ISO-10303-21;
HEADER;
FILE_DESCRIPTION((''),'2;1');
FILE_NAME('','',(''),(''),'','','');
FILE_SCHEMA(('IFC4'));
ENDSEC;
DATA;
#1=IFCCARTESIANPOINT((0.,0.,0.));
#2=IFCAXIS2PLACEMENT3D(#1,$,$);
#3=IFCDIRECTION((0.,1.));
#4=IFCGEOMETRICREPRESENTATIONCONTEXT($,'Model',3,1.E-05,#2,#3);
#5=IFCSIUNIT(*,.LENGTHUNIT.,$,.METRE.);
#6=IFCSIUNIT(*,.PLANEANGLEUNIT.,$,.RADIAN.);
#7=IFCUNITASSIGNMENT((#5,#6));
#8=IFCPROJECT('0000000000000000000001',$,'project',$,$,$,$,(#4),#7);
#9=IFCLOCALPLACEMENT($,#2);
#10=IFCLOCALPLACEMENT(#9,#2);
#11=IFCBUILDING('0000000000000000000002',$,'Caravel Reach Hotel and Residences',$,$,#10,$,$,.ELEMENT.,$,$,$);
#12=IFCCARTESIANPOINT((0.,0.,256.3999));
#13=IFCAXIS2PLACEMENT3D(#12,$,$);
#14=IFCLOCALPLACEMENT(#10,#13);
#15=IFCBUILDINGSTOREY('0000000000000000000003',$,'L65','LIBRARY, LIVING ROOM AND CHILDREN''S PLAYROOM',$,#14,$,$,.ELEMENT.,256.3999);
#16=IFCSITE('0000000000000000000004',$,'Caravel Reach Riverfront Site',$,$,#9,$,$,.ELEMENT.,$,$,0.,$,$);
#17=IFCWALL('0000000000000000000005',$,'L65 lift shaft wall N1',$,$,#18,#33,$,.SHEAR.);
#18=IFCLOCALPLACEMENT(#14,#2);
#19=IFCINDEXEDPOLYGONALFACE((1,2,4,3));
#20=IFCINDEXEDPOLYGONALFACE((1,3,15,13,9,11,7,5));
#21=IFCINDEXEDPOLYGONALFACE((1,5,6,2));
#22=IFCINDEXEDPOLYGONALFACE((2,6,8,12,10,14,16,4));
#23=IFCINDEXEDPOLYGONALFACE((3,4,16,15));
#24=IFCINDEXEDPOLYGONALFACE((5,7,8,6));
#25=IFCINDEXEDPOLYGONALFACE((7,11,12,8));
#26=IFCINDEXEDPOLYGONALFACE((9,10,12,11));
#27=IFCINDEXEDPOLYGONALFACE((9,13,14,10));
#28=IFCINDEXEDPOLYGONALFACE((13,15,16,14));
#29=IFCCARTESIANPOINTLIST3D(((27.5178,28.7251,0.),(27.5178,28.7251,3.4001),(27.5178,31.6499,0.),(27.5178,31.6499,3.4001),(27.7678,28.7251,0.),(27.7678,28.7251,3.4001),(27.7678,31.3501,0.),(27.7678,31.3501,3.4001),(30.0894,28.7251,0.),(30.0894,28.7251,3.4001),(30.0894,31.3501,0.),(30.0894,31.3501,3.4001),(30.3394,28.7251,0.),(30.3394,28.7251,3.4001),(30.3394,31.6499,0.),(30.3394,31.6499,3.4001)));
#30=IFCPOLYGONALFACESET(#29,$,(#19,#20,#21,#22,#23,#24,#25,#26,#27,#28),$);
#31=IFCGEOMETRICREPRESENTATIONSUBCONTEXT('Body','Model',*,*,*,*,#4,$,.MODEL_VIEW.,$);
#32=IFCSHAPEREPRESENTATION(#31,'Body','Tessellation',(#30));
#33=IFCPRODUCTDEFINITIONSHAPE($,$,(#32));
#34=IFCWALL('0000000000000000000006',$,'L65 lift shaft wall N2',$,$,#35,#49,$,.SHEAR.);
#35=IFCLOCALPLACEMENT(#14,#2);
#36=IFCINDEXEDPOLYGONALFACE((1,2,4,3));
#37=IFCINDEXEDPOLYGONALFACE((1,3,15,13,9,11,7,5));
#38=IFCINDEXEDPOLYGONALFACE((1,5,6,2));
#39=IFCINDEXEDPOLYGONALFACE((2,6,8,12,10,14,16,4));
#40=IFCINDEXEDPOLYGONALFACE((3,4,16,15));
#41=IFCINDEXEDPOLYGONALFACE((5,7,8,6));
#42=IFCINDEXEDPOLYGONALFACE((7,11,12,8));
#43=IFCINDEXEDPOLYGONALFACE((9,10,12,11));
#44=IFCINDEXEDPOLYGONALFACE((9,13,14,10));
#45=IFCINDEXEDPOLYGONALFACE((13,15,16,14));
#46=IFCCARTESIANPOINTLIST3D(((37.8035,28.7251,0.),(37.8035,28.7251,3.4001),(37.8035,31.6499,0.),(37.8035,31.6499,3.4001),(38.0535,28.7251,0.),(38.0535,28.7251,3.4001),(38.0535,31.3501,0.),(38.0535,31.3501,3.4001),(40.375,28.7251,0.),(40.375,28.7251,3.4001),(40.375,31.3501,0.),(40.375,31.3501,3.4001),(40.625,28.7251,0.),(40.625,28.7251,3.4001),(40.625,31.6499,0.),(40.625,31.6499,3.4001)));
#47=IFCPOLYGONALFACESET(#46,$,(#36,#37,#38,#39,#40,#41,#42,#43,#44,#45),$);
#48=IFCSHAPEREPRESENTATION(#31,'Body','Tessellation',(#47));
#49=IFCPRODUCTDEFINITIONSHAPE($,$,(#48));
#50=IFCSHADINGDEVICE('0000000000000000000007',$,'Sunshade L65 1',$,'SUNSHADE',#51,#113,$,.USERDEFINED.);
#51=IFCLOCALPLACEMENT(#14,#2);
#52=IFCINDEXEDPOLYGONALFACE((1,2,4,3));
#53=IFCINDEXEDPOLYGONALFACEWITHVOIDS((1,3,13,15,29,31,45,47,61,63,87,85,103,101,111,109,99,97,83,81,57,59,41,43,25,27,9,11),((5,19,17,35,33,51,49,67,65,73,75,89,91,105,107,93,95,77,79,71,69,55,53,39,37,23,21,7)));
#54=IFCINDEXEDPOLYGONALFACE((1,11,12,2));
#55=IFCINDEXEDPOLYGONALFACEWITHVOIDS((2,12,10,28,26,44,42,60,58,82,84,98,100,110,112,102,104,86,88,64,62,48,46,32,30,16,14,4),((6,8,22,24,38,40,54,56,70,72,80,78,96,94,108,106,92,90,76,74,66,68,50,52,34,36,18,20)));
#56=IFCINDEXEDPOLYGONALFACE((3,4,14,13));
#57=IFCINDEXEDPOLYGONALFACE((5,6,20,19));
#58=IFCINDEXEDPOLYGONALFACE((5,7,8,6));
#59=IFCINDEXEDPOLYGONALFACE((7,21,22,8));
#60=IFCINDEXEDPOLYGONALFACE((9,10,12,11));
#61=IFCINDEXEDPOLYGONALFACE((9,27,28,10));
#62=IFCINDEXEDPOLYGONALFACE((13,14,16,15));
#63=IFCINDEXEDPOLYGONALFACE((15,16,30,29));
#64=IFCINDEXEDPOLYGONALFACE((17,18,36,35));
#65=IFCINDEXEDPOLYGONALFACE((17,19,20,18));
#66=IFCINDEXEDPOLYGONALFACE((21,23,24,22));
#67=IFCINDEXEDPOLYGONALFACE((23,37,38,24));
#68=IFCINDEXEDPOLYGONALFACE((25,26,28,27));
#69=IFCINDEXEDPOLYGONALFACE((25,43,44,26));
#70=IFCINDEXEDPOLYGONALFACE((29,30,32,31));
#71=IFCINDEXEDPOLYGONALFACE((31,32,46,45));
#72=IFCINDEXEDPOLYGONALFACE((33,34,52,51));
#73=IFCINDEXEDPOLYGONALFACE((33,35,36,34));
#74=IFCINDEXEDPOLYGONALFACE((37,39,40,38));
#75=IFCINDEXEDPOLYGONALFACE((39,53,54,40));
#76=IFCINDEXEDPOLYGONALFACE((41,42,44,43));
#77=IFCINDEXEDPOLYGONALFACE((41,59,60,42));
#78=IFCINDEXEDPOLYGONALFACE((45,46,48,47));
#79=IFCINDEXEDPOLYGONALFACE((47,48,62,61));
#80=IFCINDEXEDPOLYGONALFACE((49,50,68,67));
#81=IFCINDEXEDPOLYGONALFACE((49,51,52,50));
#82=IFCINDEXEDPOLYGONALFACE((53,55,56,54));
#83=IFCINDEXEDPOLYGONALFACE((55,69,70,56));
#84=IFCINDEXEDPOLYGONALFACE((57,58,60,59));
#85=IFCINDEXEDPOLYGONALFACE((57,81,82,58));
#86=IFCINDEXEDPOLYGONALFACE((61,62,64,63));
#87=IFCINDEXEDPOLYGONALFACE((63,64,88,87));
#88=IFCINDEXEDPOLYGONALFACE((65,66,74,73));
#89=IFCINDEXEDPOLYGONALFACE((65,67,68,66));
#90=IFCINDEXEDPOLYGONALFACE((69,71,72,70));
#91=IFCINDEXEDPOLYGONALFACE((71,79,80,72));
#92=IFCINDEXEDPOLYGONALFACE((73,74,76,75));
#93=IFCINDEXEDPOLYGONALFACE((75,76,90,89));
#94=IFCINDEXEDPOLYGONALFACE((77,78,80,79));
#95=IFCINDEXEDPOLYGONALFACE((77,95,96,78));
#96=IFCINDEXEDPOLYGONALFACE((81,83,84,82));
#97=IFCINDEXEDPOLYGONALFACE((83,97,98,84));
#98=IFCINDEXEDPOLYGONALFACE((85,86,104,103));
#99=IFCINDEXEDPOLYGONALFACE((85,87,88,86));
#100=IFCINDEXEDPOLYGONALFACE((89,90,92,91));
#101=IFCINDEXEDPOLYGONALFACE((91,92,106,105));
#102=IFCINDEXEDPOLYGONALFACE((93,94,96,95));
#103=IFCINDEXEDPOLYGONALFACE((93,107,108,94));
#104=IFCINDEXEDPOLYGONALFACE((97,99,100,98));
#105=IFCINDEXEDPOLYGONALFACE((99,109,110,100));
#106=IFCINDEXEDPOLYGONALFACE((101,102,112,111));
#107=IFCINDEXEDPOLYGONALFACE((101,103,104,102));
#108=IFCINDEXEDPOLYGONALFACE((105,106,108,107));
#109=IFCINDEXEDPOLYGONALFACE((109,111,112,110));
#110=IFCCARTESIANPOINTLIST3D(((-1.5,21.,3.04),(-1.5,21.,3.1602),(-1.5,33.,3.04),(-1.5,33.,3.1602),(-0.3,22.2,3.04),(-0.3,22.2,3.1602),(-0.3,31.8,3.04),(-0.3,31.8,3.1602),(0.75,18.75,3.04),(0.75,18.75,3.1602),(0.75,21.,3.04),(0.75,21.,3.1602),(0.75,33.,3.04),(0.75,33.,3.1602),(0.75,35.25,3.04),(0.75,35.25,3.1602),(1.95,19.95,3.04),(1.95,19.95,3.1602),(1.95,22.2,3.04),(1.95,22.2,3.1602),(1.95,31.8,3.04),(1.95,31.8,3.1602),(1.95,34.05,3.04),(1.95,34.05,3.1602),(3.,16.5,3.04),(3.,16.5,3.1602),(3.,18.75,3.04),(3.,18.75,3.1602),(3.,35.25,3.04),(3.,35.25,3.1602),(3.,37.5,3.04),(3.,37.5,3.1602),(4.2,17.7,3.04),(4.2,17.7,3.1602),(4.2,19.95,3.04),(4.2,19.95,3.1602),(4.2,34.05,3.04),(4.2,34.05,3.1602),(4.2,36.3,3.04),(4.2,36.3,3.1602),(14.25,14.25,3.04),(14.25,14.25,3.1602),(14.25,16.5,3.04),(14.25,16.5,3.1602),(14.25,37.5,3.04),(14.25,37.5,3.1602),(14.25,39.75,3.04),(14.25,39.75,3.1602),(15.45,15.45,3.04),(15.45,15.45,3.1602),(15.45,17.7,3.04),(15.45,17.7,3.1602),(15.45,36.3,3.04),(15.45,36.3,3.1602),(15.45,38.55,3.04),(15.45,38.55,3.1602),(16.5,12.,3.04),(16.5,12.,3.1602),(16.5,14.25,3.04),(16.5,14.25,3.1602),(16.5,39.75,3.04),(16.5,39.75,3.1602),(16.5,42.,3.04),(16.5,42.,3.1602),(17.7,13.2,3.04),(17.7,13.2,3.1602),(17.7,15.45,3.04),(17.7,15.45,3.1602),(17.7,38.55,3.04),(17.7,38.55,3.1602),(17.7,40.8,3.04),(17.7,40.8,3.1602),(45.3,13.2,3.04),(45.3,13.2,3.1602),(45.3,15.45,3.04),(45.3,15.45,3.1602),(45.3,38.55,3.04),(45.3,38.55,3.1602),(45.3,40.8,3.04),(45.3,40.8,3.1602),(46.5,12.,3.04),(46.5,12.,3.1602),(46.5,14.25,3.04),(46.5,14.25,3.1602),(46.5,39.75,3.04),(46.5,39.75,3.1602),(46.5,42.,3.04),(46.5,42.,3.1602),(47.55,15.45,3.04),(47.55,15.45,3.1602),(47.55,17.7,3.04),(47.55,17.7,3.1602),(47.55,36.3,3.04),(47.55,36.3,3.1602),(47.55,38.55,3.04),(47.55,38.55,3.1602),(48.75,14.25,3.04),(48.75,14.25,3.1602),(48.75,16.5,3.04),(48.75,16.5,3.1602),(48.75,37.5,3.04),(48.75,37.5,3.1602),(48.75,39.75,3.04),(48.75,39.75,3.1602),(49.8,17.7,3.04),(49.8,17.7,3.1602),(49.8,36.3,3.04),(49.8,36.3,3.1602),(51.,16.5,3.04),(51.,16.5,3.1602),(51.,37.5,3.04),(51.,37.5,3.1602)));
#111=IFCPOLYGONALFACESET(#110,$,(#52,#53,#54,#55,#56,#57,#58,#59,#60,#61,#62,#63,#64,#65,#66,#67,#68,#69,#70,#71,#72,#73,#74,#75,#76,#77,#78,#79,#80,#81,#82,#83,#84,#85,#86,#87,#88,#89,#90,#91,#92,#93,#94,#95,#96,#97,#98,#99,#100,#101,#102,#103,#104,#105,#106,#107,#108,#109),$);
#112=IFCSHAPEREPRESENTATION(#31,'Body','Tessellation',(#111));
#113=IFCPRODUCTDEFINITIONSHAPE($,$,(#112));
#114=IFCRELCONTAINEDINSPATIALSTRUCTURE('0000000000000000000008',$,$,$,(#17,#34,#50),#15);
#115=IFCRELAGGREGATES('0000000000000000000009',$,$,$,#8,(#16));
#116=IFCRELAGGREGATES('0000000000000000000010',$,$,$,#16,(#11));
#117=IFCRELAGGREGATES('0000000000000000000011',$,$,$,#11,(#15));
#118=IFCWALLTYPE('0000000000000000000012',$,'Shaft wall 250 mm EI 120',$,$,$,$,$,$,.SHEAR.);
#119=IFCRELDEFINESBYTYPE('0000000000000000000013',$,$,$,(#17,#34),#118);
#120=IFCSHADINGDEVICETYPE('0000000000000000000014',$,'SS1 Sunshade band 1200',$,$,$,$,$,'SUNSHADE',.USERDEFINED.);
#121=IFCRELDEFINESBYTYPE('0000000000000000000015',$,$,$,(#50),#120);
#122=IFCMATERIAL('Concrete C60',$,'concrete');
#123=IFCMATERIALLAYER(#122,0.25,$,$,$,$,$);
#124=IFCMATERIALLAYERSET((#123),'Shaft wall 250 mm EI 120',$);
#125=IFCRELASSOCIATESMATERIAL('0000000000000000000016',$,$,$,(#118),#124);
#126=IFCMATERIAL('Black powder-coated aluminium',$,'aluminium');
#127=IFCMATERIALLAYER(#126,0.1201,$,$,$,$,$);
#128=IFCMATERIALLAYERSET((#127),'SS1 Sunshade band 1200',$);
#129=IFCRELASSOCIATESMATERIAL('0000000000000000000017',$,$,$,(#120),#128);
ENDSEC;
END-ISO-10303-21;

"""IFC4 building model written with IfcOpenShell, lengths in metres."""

from ifc_helpers import new_model, si_unit, direction, frame, origin, place, context, subcontext, project, spatial, polyline, outline, extrude, material, layer, layer_set, type_object, element, save


model = new_model("IFC4")

# Units and contexts
model_context = context("Model", 3, precision=1e-05, world=origin(), true_north=direction((0.0, 1.0)))
body_context = subcontext(model_context, "Body", "Model", "MODEL_VIEW")
ifc_project = project(units=[si_unit("LENGTHUNIT", "METRE"), si_unit("PLANEANGLEUNIT", "RADIAN")], contexts=[model_context])

# Site, building, storey
site_placement = place(None, origin())
site = spatial("IfcSite", under=ifc_project, at=site_placement, Name="Caravel Reach Riverfront Site", CompositionType="ELEMENT", RefElevation=0.0)
building_placement = place(site_placement, origin())
building = spatial("IfcBuilding", under=site, at=building_placement, Name="Caravel Reach Hotel and Residences", CompositionType="ELEMENT")
storey_placement = place(building_placement, frame((0.0, 0.0, 256.3999)))
storey = spatial("IfcBuildingStorey", under=building, at=storey_placement, Name="L65", Description="LIBRARY, LIVING ROOM AND CHILDREN'S PLAYROOM", CompositionType="ELEMENT", Elevation=256.3999)

# Walls
ifc_material_1 = material(Name="Concrete C60", Category="concrete")
ifc_layer_1 = layer(ifc_material_1, 0.25)
ifc_layer_set_1 = layer_set([ifc_layer_1], Name="Shaft wall 250 mm EI 120")
wall_type_1 = type_object("IfcWallType", Name="Shaft wall 250 mm EI 120", PredefinedType="SHEAR", material=ifc_layer_set_1)
wall_1_placement = place(storey_placement, origin())
element("IfcWall", 1, at=wall_1_placement, inside=storey, type_object=wall_type_1, Name="L65 lift shaft wall N1", PredefinedType="SHEAR", context=body_context, shape_type="SweptSolid", body=[
    extrude(outline(polyline([(27.5178, 28.7251), (27.7678, 28.7251), (27.7678, 31.3501), (30.0894, 31.3501), (30.0894, 28.7251), (30.3394, 28.7251), (30.3394, 31.6499), (27.5178, 31.6499), (27.5178, 28.7251)])), origin(), (0.0, 0.0, 1.0), 3.4001),
])
wall_2_placement = place(storey_placement, origin())
element("IfcWall", 2, at=wall_2_placement, inside=storey, type_object=wall_type_1, Name="L65 lift shaft wall N2", PredefinedType="SHEAR", context=body_context, shape_type="SweptSolid", body=[
    extrude(outline(polyline([(37.8035, 28.7251), (38.0535, 28.7251), (38.0535, 31.3501), (40.375, 31.3501), (40.375, 28.7251), (40.625, 28.7251), (40.625, 31.6499), (37.8035, 31.6499), (37.8035, 28.7251)])), origin(), (0.0, 0.0, 1.0), 3.4001),
])

# Shading device
ifc_material_2 = material(Name="Black powder-coated aluminium", Category="aluminium")
ifc_layer_2 = layer(ifc_material_2, 0.1201)
ifc_layer_set_2 = layer_set([ifc_layer_2], Name="SS1 Sunshade band 1200")
shading_device_type = type_object("IfcShadingDeviceType", Name="SS1 Sunshade band 1200", ElementType="SUNSHADE", PredefinedType="USERDEFINED", material=ifc_layer_set_2)
shading_device_placement = place(storey_placement, frame((0.0, 0.0, 3.04)))
element("IfcShadingDevice", 3, at=shading_device_placement, inside=storey, type_object=shading_device_type, Name="Sunshade L65 1", ObjectType="SUNSHADE", PredefinedType="USERDEFINED", context=body_context, shape_type="SweptSolid", body=[
    extrude(outline(polyline([(3.0, 16.5), (14.25, 16.5), (14.25, 14.25), (16.5, 14.25), (16.5, 12.0), (46.5, 12.0), (46.5, 14.25), (48.75, 14.25), (48.75, 16.5), (51.0, 16.5), (51.0, 37.5), (48.75, 37.5), (48.75, 39.75), (46.5, 39.75), (46.5, 42.0), (16.5, 42.0), (16.5, 39.75), (14.25, 39.75), (14.25, 37.5), (3.0, 37.5), (3.0, 35.25), (0.75, 35.25), (0.75, 33.0), (-1.5, 33.0), (-1.5, 21.0), (0.75, 21.0), (0.75, 18.75), (3.0, 18.75), (3.0, 16.5)]), holes=[polyline([(15.45, 15.45), (15.45, 17.7), (4.2, 17.7), (4.2, 19.95), (1.95, 19.95), (1.95, 22.2), (-0.3, 22.2), (-0.3, 31.8), (1.95, 31.8), (1.95, 34.05), (4.2, 34.05), (4.2, 36.3), (15.45, 36.3), (15.45, 38.55), (17.7, 38.55), (17.7, 40.8), (45.3, 40.8), (45.3, 38.55), (47.55, 38.55), (47.55, 36.3), (49.8, 36.3), (49.8, 17.7), (47.55, 17.7), (47.55, 15.45), (45.3, 15.45), (45.3, 13.2), (17.7, 13.2), (17.7, 15.45), (15.45, 15.45)])]), origin(), (0.0, 0.0, 1.0), 0.1201),
])

save(model, "model.ifc")
